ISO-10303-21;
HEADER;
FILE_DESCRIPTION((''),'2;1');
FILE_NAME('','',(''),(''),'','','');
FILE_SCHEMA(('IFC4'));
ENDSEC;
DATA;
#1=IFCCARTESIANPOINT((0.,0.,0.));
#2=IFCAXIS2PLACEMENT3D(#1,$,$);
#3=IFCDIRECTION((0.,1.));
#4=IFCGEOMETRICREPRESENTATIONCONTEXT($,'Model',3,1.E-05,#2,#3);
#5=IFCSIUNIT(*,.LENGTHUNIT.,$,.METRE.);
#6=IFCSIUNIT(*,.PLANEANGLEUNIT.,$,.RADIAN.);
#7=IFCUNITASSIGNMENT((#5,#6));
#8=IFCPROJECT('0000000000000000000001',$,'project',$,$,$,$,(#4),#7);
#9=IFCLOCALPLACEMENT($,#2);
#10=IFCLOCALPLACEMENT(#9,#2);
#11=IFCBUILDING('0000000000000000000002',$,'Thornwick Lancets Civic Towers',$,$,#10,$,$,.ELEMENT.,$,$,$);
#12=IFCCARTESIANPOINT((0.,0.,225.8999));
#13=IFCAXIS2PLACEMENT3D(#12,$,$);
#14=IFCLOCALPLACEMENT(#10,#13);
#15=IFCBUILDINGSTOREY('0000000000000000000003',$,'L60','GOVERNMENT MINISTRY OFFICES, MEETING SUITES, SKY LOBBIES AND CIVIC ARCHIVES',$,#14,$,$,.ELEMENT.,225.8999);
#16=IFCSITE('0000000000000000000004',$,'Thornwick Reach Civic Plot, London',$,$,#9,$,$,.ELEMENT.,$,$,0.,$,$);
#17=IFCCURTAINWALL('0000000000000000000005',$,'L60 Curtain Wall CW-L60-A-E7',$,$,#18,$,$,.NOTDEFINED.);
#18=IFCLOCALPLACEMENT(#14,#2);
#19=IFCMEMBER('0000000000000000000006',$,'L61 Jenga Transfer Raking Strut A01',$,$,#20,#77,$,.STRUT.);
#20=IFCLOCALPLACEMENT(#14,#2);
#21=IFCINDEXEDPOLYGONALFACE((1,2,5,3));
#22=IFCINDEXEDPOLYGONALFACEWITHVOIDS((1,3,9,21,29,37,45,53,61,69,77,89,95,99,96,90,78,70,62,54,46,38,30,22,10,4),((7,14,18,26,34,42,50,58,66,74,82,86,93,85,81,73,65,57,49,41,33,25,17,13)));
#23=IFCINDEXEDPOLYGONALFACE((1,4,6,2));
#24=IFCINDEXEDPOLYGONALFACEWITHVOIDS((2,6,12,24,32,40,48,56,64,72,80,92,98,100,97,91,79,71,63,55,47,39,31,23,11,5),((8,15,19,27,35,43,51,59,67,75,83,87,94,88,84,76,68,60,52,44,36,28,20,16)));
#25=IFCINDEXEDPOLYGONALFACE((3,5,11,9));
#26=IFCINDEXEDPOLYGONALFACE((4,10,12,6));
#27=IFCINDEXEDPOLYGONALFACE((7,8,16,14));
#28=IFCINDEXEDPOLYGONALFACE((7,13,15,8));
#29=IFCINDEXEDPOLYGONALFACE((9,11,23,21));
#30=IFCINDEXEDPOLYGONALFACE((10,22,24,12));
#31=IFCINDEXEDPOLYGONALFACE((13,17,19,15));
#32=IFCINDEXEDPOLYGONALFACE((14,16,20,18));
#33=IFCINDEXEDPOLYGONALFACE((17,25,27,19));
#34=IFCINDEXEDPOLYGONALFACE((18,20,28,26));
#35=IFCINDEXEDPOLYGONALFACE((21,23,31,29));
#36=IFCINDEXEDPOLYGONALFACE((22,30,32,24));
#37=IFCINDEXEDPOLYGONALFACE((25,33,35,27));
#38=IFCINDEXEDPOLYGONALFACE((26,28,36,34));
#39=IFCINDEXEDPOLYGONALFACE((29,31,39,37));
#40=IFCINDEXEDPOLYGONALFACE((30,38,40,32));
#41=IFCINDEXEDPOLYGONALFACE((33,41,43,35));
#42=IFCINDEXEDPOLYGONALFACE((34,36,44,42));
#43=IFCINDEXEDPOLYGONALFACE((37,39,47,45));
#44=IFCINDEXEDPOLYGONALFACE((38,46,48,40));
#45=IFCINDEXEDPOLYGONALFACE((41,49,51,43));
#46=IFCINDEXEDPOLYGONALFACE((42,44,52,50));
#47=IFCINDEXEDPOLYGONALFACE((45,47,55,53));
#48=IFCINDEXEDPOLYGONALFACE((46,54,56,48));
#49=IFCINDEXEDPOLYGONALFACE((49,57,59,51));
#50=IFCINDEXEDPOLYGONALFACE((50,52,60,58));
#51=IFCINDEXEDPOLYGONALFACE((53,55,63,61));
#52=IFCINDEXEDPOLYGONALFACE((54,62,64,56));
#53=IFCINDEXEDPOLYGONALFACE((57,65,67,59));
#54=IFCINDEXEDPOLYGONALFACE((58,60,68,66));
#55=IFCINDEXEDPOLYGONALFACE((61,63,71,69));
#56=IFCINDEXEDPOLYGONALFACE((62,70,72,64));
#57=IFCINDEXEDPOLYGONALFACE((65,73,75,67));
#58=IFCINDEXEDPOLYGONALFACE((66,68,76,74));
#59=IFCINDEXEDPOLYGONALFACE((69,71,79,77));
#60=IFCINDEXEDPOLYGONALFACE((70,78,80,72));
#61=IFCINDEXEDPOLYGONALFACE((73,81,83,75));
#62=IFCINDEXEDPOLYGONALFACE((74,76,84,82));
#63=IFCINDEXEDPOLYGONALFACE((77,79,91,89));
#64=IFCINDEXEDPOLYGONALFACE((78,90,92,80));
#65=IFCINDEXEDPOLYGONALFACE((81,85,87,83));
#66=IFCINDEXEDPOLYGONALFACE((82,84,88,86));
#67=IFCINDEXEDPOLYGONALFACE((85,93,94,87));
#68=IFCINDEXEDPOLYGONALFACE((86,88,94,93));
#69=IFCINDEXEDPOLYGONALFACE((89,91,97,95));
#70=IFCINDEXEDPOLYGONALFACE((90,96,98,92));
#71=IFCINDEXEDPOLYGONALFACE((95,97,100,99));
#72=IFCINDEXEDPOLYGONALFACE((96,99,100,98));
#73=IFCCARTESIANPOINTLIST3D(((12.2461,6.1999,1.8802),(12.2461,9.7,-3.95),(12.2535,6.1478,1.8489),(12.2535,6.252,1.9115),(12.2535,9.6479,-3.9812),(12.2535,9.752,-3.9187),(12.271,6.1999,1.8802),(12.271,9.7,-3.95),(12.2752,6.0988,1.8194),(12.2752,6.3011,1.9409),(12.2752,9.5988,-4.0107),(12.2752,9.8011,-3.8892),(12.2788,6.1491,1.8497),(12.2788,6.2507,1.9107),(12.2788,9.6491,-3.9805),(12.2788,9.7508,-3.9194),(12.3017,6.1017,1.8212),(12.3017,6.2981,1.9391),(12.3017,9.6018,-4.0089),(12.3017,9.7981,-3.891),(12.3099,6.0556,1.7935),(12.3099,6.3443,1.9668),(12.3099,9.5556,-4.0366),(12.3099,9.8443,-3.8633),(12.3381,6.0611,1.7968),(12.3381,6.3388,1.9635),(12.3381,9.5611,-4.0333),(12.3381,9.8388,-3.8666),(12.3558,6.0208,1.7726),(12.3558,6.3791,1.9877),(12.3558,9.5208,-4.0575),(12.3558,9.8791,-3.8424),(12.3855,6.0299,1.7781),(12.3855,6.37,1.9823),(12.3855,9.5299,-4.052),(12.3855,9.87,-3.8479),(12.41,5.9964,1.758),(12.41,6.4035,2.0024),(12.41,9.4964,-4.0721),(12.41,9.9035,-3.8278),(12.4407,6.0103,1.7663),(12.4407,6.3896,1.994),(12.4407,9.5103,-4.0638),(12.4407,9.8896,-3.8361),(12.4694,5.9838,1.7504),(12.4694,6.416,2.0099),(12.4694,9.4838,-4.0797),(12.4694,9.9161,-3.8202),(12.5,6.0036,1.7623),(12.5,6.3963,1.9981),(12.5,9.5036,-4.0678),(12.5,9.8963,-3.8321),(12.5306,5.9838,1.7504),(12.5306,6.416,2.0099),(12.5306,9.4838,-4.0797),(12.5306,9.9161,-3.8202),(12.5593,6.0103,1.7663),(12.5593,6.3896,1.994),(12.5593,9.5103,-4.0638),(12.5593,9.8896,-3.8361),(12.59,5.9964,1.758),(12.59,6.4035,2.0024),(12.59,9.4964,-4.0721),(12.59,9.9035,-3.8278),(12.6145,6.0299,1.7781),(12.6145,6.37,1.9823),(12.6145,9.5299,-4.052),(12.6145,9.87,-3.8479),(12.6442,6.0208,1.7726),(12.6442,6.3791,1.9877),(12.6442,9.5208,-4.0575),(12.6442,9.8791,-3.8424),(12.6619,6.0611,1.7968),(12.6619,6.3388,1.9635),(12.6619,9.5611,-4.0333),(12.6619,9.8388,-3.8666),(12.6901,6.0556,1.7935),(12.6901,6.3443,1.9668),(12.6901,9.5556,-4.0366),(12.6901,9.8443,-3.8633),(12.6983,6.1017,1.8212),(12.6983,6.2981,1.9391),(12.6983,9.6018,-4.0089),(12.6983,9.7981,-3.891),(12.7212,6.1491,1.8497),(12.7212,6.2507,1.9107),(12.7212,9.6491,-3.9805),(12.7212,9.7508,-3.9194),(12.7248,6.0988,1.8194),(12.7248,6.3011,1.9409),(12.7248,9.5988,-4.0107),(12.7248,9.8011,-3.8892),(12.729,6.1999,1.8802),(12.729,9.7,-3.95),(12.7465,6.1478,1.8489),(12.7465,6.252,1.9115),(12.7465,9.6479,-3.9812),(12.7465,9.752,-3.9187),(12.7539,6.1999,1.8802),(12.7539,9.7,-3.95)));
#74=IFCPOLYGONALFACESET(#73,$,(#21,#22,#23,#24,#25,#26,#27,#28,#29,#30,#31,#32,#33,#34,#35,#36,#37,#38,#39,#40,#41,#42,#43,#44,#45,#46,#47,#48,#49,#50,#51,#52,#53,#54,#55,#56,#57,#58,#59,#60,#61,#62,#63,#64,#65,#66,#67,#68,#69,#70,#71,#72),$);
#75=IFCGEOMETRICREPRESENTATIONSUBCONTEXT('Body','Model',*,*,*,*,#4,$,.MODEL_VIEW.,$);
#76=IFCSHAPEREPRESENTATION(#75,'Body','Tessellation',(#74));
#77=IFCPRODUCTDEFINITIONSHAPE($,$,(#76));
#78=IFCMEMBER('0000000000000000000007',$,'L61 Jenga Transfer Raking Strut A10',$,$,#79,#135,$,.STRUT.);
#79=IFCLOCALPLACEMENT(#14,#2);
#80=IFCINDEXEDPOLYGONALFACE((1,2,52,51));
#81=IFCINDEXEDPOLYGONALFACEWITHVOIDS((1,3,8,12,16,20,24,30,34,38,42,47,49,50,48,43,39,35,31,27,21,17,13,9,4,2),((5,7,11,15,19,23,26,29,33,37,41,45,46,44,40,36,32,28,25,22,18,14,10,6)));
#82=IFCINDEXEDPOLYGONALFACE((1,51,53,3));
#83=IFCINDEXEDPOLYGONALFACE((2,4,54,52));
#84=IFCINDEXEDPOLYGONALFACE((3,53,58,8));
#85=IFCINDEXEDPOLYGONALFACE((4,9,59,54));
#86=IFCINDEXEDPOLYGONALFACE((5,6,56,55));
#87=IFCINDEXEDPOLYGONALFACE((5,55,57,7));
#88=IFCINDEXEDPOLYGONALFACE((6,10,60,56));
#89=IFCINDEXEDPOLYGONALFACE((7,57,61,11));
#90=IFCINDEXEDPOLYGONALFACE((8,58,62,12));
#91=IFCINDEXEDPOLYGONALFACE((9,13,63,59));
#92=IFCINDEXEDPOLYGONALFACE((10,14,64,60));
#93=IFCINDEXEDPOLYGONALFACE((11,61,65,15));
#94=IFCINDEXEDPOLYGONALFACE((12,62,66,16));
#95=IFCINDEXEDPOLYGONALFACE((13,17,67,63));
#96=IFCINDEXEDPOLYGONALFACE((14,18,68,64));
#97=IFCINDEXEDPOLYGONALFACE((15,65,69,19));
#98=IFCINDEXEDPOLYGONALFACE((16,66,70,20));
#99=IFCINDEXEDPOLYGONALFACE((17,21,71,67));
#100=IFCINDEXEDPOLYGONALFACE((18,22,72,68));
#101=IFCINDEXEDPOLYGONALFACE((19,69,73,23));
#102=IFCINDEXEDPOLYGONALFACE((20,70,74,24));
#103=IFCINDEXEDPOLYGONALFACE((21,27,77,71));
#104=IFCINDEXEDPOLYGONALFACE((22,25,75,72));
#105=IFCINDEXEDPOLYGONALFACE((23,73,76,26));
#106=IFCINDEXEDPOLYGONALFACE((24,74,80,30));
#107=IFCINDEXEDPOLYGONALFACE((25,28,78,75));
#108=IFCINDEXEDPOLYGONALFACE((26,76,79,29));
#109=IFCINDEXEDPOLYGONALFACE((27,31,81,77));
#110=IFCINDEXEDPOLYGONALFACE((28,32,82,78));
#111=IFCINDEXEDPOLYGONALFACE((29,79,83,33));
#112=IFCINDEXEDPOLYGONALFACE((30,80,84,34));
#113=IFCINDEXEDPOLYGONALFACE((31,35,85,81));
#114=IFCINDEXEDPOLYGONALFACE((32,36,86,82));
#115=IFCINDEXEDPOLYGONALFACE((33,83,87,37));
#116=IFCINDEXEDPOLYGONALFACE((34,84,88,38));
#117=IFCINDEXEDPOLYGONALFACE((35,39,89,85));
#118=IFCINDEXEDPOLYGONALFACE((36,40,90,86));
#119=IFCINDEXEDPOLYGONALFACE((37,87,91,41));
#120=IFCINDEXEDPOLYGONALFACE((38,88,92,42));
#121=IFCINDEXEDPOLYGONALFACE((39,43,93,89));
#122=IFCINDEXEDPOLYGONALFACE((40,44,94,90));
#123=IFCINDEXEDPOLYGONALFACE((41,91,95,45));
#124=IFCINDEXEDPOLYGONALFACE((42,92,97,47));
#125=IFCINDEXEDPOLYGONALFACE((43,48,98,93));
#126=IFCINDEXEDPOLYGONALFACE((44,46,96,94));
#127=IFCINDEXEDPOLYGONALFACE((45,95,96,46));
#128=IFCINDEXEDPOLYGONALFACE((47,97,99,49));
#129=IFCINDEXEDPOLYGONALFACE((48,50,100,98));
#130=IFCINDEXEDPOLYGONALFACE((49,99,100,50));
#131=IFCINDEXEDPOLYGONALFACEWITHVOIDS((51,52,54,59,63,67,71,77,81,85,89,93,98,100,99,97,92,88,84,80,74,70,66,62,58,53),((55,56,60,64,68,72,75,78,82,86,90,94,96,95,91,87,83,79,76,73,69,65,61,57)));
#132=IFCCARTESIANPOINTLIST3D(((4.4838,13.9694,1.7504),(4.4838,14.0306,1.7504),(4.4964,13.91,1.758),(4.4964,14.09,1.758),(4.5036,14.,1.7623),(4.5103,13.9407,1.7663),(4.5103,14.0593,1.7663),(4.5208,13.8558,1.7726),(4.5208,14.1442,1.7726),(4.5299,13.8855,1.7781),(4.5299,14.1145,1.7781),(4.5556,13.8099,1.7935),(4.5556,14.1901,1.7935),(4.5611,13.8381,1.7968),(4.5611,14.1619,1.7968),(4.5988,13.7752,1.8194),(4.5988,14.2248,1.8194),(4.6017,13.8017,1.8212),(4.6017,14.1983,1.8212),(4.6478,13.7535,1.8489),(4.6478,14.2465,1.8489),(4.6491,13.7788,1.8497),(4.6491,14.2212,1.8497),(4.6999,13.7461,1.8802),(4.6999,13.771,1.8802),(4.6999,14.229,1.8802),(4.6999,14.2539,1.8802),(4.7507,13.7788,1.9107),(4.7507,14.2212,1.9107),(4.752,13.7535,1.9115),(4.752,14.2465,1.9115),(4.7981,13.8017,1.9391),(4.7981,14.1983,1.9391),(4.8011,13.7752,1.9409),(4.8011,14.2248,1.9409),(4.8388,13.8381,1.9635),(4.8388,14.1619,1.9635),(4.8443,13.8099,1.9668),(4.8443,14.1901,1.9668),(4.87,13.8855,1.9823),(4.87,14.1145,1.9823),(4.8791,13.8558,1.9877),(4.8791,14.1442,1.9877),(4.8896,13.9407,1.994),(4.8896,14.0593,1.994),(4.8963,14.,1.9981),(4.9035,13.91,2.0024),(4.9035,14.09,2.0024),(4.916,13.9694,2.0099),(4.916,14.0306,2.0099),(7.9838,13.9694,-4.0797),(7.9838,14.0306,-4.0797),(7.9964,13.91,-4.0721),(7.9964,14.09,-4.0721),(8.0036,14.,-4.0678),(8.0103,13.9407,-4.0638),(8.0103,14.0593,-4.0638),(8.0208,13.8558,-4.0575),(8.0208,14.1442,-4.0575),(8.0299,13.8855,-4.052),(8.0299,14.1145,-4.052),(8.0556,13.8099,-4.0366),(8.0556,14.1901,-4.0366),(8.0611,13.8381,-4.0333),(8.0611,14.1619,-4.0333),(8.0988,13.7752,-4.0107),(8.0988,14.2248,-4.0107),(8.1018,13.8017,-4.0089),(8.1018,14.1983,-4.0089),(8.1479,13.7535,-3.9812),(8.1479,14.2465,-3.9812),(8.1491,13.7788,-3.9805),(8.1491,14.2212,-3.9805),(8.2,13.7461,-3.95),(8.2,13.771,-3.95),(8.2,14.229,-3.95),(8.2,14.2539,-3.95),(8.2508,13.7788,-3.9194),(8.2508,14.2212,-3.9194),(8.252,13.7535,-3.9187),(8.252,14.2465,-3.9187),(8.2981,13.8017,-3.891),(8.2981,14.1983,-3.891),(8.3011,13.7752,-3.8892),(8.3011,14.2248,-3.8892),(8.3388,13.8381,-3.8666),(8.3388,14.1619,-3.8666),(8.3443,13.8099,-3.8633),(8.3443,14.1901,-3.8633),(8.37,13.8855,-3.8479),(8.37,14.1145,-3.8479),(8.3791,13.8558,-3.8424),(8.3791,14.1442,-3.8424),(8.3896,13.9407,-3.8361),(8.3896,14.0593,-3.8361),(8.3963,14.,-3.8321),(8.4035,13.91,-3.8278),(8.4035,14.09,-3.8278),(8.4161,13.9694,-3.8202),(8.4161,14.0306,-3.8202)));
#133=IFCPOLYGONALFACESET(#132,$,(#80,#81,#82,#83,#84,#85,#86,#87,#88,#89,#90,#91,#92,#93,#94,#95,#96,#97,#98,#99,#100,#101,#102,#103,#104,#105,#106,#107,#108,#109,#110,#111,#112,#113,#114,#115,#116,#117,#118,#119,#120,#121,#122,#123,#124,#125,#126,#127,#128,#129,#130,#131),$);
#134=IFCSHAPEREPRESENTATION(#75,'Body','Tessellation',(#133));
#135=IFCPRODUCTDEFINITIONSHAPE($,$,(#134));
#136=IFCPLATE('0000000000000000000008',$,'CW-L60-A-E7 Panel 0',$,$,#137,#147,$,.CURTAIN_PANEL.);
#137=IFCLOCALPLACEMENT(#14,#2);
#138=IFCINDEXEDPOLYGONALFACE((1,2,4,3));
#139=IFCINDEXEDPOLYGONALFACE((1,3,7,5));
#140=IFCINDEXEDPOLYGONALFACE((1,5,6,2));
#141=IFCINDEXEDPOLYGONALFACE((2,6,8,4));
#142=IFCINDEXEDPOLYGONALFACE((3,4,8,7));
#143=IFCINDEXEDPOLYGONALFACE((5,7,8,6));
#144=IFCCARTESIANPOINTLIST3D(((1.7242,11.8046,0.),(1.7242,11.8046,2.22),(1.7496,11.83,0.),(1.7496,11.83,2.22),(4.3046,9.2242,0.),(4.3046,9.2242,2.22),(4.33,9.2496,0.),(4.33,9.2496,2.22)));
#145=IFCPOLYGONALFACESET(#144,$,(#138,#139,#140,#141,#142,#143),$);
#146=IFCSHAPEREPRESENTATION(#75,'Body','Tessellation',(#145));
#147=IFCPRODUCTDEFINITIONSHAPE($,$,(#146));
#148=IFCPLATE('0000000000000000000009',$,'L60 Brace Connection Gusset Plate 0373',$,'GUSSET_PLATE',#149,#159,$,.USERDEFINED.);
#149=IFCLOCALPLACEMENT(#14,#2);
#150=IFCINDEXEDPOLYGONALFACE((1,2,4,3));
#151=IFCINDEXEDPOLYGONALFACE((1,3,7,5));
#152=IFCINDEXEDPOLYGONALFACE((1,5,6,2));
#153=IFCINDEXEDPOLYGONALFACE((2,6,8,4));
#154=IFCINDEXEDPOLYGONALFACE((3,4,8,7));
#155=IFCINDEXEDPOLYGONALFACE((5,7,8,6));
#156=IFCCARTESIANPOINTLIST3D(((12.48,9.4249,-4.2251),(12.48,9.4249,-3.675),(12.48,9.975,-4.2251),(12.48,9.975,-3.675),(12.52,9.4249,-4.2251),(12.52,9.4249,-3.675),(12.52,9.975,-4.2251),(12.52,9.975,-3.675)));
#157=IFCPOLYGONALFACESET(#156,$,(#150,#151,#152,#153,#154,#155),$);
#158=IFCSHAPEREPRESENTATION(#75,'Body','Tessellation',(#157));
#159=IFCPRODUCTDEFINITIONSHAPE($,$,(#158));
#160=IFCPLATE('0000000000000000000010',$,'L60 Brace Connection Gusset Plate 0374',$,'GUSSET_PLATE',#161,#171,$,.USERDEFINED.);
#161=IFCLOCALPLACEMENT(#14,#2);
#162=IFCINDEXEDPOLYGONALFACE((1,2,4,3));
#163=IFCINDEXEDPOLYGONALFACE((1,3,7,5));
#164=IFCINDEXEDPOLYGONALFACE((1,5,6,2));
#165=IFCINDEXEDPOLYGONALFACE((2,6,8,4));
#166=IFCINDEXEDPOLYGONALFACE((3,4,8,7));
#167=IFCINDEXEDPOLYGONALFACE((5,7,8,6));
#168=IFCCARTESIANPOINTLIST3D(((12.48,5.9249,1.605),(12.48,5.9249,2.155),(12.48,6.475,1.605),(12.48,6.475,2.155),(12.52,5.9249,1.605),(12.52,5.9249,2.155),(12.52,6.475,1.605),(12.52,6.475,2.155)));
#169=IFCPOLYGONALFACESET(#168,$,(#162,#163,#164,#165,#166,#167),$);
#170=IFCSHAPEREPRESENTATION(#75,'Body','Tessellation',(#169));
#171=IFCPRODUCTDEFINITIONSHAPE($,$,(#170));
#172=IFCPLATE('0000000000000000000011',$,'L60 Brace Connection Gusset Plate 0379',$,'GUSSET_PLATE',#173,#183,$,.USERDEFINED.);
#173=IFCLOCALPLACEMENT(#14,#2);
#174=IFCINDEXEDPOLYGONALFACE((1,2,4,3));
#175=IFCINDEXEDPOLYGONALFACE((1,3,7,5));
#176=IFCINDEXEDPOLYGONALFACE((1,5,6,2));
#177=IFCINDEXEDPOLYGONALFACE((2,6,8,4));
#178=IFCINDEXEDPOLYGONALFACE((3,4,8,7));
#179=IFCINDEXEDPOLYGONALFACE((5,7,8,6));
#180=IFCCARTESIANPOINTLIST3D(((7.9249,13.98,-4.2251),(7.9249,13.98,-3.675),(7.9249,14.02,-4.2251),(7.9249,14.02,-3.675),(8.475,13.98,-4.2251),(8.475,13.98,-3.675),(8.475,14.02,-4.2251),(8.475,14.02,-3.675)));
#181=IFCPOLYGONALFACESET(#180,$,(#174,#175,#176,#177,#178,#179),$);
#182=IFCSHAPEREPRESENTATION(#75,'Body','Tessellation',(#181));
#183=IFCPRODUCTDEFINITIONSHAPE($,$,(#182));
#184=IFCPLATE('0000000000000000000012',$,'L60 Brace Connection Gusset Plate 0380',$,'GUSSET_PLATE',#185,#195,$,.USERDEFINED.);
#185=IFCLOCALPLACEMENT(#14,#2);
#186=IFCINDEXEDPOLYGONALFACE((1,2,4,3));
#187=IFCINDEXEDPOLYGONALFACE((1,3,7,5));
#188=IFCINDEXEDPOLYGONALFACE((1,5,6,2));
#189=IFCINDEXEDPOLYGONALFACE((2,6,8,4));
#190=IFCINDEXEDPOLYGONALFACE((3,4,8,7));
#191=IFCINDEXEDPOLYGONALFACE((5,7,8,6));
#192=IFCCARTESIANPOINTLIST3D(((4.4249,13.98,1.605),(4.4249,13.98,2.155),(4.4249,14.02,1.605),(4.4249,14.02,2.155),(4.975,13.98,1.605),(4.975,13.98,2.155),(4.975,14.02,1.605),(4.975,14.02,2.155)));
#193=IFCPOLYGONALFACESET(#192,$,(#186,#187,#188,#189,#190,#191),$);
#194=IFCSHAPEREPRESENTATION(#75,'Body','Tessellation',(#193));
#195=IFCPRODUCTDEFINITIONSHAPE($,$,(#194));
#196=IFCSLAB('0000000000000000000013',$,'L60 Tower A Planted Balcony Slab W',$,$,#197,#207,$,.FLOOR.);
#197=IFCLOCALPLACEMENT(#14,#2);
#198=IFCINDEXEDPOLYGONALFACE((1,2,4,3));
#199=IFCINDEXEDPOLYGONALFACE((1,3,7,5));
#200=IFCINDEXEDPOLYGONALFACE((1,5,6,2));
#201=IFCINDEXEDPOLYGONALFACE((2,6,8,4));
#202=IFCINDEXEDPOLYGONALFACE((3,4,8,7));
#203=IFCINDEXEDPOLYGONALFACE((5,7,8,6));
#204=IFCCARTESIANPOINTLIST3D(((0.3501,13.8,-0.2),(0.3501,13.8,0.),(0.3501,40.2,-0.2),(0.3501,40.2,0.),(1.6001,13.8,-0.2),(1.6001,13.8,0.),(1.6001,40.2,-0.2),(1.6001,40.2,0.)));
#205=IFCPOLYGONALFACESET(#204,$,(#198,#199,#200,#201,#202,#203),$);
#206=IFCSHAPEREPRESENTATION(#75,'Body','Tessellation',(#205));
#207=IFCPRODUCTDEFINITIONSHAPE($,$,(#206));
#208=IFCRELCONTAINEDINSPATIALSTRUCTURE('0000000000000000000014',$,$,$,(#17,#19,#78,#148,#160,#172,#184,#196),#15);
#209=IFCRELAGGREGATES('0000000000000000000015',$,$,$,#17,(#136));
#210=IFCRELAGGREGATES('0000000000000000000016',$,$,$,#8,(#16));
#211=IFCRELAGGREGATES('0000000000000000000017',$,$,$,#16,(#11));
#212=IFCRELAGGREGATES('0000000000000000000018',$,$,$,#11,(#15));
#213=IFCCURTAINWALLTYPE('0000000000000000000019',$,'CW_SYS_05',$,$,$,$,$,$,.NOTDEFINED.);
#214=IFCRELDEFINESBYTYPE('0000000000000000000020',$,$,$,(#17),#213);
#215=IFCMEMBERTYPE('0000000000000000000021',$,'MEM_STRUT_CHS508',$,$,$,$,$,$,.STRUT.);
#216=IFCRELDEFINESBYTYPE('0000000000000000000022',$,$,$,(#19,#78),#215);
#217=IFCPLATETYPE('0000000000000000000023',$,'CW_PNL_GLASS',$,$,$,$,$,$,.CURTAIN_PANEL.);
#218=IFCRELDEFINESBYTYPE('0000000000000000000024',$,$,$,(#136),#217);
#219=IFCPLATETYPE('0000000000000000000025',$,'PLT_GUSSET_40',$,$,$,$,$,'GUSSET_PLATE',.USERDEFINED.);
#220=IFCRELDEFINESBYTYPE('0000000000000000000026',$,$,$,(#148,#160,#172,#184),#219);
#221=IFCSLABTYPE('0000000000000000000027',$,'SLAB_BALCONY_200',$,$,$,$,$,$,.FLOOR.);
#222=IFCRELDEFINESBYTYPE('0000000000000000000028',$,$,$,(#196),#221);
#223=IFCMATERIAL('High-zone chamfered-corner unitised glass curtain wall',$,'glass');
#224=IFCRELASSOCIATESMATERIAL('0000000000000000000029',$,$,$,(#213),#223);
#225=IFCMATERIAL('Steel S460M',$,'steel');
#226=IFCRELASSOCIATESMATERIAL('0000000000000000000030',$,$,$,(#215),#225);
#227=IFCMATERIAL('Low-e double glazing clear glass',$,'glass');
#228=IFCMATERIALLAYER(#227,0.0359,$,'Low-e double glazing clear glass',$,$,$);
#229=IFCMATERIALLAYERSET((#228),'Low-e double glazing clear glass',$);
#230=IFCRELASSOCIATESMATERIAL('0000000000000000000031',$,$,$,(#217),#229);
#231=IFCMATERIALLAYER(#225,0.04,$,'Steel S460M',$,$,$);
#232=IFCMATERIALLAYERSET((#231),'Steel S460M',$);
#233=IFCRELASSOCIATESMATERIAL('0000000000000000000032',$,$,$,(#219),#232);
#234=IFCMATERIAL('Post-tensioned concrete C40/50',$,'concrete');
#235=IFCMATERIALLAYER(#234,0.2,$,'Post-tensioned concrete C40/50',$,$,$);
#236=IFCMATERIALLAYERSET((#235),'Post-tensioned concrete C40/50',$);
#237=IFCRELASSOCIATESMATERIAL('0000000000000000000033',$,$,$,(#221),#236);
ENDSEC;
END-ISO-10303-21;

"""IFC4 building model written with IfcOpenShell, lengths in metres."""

from ifc_helpers import new_model, si_unit, direction, frame, origin, origin_2d, place, context, subcontext, project, spatial, polyline, rectangle, hollow_circle, outline, extrude, material, layer, layer_set, material_profile, profile_set, type_object, element, aggregate, save


model = new_model("IFC4")

# Units and contexts
model_context = context("Model", 3, precision=1e-05, world=origin(), true_north=direction((0.0, 1.0)))
body_context = subcontext(model_context, "Body", "Model", "MODEL_VIEW")
ifc_project = project(units=[si_unit("LENGTHUNIT", "METRE"), si_unit("PLANEANGLEUNIT", "RADIAN")], contexts=[model_context])

# Site, building, storey
site_placement = place(None, origin())
site = spatial("IfcSite", under=ifc_project, at=site_placement, Name="Thornwick Reach Civic Plot, London", CompositionType="ELEMENT", RefElevation=0.0)
building_placement = place(site_placement, origin())
building = spatial("IfcBuilding", under=site, at=building_placement, Name="Thornwick Lancets Civic Towers", CompositionType="ELEMENT")
storey_placement = place(building_placement, frame((0.0, 0.0, 225.8999)))
storey = spatial("IfcBuildingStorey", under=building, at=storey_placement, Name="L60", Description="GOVERNMENT MINISTRY OFFICES, MEETING SUITES, SKY LOBBIES AND CIVIC ARCHIVES", CompositionType="ELEMENT", Elevation=225.8999)

# Curtain wall
ifc_material_1 = material(Name="High-zone chamfered-corner unitised glass curtain wall", Category="glass")
curtain_wall_type = type_object("IfcCurtainWallType", Name="CW_SYS_05", PredefinedType="NOTDEFINED", material=ifc_material_1)
curtain_wall_placement = place(storey_placement, origin())
curtain_wall = element("IfcCurtainWall", 1, at=curtain_wall_placement, inside=storey, type_object=curtain_wall_type, Name="L60 Curtain Wall CW-L60-A-E7", PredefinedType="NOTDEFINED")

# Members
ifc_material_2 = material(Name="Steel S460M", Category="steel")
ifc_material_profile_1 = material_profile(ifc_material_2, hollow_circle(Radius=0.2539, WallThickness=0.0249, at=origin_2d()), Name="CHS 508x25")
ifc_profile_set_1 = profile_set([ifc_material_profile_1], Name="Steel S460M")
member_type_1 = type_object("IfcMemberType", Name="MEM_STRUT_CHS508", PredefinedType="STRUT", material=ifc_profile_set_1)
for number, where, z_axis, x_axis, name in (
    (2, (12.5, 9.7, -3.95), (0.0, -0.514707, 0.857366), (1.0, 0.0, 0.0), "L61 Jenga Transfer Raking Strut A01"),
    (3, (8.2, 14.0, -3.95), (-0.514707, 0.0, 0.857366), (0.0, -1.0, 0.0), "L61 Jenga Transfer Raking Strut A10"),
):
    element("IfcMember", number, at=place(storey_placement, frame(where, z_axis=z_axis, x_axis=x_axis)), inside=storey, type_object=member_type_1, Name=name, PredefinedType="STRUT", context=body_context, shape_type="SweptSolid", body=[
        extrude(hollow_circle(Radius=0.2539, WallThickness=0.0249, at=origin_2d()), origin(), (0.0, 0.0, 1.0), 6.8),
    ])

# Plate
ifc_material_3 = material(Name="Low-e double glazing clear glass", Category="glass")
ifc_layer_1 = layer(ifc_material_3, 0.0359, Name="Low-e double glazing clear glass")
ifc_layer_set_1 = layer_set([ifc_layer_1], Name="Low-e double glazing clear glass")
plate_type_1 = type_object("IfcPlateType", Name="CW_PNL_GLASS", PredefinedType="CURTAIN_PANEL", material=ifc_layer_set_1)
plate_placement = place(storey_placement, frame((3.0271, 10.5271, 0.0), z_axis=(0.0, 0.0, 1.0), x_axis=(0.707107, -0.707107, 0.0)))
plate = element("IfcPlate", 4, at=plate_placement, type_object=plate_type_1, Name="CW-L60-A-E7 Panel 0", PredefinedType="CURTAIN_PANEL", context=body_context, shape_type="SweptSolid", body=[
    extrude(rectangle(XDim=3.6492, YDim=0.0359, at=origin_2d()), origin(), (0.0, 0.0, 1.0), 2.22),
])
aggregate(curtain_wall, [plate])

# Plates
ifc_layer_2 = layer(ifc_material_2, 0.04, Name="Steel S460M")
ifc_layer_set_2 = layer_set([ifc_layer_2], Name="Steel S460M")
plate_type_2 = type_object("IfcPlateType", Name="PLT_GUSSET_40", ElementType="GUSSET_PLATE", PredefinedType="USERDEFINED", material=ifc_layer_set_2)
for number, where, z_axis, x_axis, name in (
    (5, (12.5, 9.7, -4.2251), (0.0, 0.0, 1.0), (0.0, -1.0, 0.0), "L60 Brace Connection Gusset Plate 0373"),
    (6, (12.5, 6.2, 1.605), (0.0, 0.0, 1.0), (0.0, -1.0, 0.0), "L60 Brace Connection Gusset Plate 0374"),
    (7, (8.2, 14.0, -4.2251), (0.0, 0.0, 1.0), (-1.0, 0.0, 0.0), "L60 Brace Connection Gusset Plate 0379"),
    (8, (4.7, 14.0, 1.605), (0.0, 0.0, 1.0), (-1.0, 0.0, 0.0), "L60 Brace Connection Gusset Plate 0380"),
):
    element("IfcPlate", number, at=place(storey_placement, frame(where, z_axis=z_axis, x_axis=x_axis)), inside=storey, type_object=plate_type_2, Name=name, ObjectType="GUSSET_PLATE", PredefinedType="USERDEFINED", context=body_context, shape_type="SweptSolid", body=[
        extrude(rectangle(XDim=0.55, YDim=0.04, at=origin_2d()), origin(), (0.0, 0.0, 1.0), 0.55),
    ])

# Slab
ifc_material_4 = material(Name="Post-tensioned concrete C40/50", Category="concrete")
ifc_layer_3 = layer(ifc_material_4, 0.2, Name="Post-tensioned concrete C40/50")
ifc_layer_set_3 = layer_set([ifc_layer_3], Name="Post-tensioned concrete C40/50")
slab_type_1 = type_object("IfcSlabType", Name="SLAB_BALCONY_200", PredefinedType="FLOOR", material=ifc_layer_set_3)
slab_1_placement = place(storey_placement, frame((0.0, 0.0, -0.2)))
element("IfcSlab", 9, at=slab_1_placement, inside=storey, type_object=slab_type_1, Name="L60 Tower A Planted Balcony Slab W", PredefinedType="FLOOR", context=body_context, shape_type="SweptSolid", body=[
    extrude(outline(polyline([(0.3501, 13.8), (1.6001, 13.8), (1.6001, 40.2), (0.3501, 40.2), (0.3501, 13.8)])), origin(), (0.0, 0.0, 1.0), 0.2),
])

save(model, "model.ifc")
